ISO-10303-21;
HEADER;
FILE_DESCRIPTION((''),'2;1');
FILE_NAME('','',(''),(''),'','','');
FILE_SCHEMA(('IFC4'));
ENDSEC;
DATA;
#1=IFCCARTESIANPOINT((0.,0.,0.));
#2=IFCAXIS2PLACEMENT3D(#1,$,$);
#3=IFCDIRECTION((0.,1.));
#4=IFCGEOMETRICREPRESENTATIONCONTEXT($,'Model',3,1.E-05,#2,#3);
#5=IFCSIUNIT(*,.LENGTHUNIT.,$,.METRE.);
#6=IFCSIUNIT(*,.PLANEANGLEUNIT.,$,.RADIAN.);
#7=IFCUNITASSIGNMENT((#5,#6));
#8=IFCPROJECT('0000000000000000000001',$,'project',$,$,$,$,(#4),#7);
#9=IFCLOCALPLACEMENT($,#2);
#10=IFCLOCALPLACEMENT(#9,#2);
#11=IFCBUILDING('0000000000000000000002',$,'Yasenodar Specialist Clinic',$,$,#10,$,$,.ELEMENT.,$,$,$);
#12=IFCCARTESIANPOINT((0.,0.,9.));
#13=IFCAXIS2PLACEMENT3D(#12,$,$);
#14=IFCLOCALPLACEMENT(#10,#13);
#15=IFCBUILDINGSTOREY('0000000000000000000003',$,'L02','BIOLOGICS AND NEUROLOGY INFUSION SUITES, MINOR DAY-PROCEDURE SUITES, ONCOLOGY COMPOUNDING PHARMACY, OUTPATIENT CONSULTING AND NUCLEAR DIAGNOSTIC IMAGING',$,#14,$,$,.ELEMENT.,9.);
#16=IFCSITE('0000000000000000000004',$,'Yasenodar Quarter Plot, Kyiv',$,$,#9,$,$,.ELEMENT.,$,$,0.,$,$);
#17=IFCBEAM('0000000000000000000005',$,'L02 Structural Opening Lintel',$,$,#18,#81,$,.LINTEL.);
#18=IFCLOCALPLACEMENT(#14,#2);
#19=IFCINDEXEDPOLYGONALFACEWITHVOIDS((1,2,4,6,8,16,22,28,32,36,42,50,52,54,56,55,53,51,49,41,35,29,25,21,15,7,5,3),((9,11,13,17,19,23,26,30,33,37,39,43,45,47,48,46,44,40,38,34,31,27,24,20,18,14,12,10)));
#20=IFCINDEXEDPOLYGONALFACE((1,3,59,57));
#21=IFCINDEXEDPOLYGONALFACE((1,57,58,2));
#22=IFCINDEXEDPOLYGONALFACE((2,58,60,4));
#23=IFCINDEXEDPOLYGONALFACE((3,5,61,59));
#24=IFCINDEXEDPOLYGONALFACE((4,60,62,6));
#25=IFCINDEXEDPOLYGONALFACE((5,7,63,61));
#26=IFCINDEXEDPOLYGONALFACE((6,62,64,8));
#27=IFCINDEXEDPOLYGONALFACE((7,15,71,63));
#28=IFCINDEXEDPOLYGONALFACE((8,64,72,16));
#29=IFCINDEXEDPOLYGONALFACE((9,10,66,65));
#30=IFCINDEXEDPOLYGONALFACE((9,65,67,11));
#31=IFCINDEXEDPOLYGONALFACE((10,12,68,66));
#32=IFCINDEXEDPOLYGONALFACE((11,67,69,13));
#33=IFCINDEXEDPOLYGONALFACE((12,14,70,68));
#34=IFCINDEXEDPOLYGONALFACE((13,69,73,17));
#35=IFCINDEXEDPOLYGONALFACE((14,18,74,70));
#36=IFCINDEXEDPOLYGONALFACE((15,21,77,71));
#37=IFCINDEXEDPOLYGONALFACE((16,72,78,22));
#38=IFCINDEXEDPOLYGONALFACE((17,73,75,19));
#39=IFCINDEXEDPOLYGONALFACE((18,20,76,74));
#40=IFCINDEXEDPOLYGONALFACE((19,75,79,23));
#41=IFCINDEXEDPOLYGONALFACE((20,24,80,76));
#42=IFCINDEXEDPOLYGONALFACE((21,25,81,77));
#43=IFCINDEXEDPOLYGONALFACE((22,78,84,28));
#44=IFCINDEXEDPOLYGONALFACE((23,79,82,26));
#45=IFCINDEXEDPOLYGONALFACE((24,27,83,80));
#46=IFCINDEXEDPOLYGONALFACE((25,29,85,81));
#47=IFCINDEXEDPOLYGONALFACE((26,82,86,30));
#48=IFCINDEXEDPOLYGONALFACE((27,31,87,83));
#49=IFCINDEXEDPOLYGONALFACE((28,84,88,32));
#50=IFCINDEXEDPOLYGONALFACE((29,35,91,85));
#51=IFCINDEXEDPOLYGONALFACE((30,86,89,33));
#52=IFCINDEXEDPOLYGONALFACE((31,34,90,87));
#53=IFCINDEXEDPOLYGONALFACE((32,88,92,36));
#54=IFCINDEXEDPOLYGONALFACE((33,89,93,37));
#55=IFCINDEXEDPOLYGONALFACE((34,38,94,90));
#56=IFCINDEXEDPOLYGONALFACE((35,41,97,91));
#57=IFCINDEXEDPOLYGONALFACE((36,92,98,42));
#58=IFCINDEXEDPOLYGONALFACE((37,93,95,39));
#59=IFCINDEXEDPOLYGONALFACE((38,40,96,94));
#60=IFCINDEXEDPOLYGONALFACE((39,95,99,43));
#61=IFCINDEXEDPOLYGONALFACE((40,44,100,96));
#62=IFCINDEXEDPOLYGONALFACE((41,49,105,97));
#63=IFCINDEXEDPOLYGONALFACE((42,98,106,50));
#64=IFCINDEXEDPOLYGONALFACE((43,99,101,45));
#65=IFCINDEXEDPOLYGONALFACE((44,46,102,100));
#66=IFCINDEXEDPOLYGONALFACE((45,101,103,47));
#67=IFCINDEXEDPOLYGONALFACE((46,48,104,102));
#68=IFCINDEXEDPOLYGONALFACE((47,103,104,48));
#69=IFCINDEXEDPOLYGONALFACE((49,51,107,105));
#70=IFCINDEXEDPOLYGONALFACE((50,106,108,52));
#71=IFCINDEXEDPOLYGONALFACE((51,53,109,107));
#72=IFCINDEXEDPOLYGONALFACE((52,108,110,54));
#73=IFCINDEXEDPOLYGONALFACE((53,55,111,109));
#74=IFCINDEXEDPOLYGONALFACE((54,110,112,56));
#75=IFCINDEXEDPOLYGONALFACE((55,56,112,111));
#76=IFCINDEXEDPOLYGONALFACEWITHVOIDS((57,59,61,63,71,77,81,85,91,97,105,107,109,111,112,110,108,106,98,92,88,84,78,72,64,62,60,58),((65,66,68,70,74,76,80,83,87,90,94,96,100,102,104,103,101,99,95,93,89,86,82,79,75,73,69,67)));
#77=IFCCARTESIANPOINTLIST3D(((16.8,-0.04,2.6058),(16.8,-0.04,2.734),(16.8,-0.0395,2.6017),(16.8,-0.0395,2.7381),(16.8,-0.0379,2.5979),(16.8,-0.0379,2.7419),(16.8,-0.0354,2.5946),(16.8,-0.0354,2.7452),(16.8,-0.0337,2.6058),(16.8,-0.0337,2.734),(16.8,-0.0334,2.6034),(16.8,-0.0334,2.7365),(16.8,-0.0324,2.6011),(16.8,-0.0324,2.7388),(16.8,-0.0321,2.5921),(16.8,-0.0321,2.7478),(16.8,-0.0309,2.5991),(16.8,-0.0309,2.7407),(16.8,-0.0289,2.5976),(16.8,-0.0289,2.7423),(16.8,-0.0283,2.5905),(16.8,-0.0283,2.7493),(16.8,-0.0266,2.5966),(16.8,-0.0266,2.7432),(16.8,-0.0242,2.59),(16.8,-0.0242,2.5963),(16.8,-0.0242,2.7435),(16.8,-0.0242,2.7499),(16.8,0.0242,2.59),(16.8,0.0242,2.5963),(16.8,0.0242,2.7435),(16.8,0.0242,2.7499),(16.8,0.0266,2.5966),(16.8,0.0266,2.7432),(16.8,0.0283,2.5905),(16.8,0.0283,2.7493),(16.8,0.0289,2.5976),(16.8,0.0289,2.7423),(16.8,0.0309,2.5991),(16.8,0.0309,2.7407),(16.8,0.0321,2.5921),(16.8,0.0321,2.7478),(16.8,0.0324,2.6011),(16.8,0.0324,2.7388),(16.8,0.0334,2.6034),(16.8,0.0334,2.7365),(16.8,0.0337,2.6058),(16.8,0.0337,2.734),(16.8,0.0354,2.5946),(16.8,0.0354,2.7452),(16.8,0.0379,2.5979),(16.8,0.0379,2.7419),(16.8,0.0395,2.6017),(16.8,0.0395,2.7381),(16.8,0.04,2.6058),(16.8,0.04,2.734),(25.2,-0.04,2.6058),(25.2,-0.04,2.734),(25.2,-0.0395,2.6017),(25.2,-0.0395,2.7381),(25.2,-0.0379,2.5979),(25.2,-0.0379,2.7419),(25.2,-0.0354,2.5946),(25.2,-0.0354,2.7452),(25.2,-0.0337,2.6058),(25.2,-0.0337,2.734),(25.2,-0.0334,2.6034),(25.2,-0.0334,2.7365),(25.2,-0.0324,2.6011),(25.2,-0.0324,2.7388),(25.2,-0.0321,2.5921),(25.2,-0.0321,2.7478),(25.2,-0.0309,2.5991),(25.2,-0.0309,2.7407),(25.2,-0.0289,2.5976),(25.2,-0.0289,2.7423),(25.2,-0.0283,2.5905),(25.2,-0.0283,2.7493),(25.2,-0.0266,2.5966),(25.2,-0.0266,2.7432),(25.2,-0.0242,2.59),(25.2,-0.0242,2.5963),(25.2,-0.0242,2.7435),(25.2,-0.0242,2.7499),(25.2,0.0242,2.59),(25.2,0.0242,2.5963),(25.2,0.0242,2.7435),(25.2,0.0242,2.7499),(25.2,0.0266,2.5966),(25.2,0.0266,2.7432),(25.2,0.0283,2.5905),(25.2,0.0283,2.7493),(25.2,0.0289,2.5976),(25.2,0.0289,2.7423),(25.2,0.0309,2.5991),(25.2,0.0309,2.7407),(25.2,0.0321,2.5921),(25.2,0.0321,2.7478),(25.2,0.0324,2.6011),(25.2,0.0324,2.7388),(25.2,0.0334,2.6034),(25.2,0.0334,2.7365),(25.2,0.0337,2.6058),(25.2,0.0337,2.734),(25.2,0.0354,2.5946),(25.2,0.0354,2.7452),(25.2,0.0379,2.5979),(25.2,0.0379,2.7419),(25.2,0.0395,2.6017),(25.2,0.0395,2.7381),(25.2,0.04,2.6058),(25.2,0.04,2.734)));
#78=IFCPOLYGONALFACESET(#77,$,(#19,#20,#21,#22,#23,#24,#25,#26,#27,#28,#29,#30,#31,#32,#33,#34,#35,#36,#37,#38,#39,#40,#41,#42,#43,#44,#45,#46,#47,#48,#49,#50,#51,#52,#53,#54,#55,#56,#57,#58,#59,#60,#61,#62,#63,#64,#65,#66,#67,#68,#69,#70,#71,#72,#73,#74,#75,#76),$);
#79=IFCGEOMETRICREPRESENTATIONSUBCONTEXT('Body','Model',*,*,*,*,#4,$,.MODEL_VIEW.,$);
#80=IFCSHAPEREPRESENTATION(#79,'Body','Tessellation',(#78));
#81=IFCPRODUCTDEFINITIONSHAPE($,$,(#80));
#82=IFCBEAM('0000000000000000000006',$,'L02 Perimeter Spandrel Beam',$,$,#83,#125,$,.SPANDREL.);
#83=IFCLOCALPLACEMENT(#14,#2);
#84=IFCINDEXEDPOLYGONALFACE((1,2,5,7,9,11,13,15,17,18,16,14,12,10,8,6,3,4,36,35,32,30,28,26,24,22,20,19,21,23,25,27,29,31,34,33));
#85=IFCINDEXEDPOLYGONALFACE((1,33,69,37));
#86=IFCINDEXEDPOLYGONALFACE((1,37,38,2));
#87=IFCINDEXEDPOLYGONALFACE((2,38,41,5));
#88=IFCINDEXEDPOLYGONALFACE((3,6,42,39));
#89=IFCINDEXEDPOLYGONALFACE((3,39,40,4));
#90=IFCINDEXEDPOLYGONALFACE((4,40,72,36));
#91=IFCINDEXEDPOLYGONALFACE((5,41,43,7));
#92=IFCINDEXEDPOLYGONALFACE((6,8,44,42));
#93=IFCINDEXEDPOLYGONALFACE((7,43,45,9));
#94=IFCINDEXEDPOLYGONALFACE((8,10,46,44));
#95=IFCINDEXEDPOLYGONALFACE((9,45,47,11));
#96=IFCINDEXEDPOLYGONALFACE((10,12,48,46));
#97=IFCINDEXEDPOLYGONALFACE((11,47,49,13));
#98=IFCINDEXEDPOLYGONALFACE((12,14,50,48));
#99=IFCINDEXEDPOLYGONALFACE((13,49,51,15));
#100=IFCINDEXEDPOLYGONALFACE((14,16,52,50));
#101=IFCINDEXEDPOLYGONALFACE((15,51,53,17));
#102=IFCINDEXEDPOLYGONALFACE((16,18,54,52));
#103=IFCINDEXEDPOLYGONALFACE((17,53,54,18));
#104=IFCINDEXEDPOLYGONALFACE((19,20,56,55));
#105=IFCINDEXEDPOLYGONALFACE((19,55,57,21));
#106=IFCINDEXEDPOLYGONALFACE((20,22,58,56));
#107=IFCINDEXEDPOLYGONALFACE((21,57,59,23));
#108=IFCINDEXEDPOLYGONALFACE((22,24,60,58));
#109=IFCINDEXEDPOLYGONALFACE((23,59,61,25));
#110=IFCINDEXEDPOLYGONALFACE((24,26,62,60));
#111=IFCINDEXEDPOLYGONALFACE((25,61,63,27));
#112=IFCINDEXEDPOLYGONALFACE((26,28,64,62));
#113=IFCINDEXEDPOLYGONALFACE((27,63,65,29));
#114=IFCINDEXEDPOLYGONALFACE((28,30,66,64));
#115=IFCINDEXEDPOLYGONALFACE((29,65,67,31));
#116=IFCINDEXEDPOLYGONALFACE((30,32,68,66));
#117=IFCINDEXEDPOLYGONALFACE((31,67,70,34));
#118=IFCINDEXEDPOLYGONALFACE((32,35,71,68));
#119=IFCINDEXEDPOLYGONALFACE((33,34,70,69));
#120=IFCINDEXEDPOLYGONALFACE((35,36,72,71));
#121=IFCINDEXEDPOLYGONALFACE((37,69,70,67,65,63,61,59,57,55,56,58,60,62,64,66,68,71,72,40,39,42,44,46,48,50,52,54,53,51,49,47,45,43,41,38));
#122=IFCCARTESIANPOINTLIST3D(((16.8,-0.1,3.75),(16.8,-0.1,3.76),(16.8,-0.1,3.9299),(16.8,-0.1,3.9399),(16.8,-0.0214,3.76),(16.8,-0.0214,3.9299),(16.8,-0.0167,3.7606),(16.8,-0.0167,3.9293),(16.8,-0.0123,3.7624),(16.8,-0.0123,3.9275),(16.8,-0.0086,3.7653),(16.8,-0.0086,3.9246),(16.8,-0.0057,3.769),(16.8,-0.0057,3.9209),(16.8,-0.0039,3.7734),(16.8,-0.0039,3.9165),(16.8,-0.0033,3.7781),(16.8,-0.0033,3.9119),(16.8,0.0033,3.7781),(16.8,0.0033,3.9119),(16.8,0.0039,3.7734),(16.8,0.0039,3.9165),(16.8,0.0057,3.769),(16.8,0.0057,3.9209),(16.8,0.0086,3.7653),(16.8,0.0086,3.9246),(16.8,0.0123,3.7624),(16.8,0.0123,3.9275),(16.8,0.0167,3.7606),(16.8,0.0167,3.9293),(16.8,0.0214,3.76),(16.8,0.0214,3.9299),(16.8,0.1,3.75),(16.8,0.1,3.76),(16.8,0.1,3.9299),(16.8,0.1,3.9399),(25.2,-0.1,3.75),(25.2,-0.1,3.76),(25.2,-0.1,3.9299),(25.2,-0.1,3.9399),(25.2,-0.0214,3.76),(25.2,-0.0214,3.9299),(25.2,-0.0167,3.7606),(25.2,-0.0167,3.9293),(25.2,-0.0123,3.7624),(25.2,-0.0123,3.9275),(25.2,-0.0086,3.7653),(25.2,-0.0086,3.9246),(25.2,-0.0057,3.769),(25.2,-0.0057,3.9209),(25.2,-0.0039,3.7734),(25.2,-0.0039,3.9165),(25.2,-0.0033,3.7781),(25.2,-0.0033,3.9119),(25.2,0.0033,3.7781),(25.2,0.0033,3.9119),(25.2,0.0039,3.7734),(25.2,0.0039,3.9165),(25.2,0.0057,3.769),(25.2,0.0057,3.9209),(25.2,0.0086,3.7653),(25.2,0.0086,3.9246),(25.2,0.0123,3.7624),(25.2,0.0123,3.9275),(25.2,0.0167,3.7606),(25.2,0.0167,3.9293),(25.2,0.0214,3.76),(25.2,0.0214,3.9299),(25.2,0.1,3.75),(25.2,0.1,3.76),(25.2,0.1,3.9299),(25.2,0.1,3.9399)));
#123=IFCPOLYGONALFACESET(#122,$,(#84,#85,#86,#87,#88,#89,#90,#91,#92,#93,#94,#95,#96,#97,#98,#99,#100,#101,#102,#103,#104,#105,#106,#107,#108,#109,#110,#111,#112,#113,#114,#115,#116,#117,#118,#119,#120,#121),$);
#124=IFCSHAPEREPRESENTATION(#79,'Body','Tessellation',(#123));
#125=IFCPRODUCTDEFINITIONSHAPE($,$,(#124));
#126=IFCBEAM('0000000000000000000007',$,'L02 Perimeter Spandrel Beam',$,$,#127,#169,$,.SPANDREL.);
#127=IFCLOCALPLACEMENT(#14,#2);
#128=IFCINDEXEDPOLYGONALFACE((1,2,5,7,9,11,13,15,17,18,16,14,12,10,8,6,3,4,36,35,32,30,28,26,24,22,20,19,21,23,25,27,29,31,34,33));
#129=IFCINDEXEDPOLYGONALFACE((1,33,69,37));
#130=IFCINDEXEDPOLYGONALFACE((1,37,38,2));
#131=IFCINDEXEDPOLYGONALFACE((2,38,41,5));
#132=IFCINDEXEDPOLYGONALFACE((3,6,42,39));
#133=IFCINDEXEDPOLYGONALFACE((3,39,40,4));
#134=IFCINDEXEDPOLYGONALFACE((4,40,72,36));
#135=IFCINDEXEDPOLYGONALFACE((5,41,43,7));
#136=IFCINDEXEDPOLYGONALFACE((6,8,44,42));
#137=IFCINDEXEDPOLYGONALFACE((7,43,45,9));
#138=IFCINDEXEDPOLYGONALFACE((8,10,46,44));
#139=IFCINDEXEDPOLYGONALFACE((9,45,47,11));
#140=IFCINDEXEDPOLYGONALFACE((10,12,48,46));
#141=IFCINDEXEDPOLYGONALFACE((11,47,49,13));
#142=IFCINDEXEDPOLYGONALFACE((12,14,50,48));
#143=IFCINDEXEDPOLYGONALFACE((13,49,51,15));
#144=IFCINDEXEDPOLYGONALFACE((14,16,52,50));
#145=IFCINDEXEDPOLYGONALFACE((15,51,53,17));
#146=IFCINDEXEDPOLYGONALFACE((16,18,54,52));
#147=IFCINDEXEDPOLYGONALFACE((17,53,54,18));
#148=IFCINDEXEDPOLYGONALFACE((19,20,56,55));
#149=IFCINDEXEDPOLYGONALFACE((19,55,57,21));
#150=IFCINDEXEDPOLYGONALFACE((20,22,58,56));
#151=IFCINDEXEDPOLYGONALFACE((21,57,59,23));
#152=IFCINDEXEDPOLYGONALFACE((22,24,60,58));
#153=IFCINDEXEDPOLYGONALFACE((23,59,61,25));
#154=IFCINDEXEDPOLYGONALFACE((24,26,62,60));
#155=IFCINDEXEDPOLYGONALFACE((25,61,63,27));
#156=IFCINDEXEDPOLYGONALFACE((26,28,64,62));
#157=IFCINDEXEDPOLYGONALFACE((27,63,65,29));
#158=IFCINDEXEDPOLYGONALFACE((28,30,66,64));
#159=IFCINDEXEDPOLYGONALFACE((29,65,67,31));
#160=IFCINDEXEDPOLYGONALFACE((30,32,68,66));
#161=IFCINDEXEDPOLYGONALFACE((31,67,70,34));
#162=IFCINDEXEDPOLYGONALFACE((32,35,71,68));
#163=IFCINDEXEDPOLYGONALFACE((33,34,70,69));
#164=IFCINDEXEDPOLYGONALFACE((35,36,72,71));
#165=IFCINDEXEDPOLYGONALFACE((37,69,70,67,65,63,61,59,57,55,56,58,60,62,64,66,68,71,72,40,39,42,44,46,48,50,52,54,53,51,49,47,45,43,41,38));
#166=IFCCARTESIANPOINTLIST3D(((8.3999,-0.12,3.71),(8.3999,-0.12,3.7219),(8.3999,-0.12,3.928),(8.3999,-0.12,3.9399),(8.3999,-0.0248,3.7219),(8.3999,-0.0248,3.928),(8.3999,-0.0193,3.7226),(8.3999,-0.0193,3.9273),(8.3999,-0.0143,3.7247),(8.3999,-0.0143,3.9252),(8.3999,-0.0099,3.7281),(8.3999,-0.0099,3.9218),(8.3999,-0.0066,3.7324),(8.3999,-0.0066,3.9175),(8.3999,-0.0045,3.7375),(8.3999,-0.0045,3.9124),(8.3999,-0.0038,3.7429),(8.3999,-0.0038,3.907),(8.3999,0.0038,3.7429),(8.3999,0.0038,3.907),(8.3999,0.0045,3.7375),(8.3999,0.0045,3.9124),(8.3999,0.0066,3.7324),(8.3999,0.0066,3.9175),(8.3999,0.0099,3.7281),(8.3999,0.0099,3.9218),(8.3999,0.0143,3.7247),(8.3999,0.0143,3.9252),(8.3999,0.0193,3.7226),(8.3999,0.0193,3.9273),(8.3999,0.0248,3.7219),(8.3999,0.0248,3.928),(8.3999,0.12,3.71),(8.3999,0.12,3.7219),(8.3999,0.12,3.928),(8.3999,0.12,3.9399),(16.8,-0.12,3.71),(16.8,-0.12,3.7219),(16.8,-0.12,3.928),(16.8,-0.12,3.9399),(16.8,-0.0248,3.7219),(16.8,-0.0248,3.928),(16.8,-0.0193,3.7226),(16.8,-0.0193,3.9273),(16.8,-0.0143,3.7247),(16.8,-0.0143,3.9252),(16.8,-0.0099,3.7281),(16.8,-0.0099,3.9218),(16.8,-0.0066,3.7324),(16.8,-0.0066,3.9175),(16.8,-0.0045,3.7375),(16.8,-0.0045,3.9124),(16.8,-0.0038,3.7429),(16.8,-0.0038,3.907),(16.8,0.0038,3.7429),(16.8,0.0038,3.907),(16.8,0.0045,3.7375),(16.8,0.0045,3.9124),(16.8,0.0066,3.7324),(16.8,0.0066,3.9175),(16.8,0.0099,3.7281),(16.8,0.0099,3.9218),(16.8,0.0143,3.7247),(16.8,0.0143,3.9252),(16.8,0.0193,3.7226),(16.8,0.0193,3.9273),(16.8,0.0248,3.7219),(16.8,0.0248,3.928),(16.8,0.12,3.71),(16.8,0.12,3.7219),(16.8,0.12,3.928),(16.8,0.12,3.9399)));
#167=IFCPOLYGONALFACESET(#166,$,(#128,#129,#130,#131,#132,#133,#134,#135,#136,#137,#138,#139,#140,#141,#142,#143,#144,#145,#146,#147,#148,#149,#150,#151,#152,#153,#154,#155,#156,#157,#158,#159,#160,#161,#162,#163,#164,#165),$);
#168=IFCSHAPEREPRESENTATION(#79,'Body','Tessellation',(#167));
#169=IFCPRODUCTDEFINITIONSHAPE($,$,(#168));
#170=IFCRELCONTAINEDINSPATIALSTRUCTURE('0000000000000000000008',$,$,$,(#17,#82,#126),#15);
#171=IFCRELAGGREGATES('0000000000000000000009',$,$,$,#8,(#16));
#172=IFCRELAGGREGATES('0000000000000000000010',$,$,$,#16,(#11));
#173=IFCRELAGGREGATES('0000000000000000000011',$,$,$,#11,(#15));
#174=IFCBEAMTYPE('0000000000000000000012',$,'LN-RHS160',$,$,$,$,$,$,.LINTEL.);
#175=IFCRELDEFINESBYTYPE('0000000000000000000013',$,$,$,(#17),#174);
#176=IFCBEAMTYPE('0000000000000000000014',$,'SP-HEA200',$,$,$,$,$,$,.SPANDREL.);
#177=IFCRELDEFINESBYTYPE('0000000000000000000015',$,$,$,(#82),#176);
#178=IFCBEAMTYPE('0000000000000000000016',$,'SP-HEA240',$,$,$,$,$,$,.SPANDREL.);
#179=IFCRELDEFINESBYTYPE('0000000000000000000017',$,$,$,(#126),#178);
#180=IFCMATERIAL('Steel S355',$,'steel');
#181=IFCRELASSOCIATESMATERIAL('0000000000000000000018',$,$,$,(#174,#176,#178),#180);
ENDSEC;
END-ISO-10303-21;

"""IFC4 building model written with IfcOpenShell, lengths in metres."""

from ifc_helpers import new_model, si_unit, direction, frame, origin, origin_2d, place, context, subcontext, project, spatial, hollow_rectangle, i_section, extrude, material, material_profile, profile_set, type_object, element, save


model = new_model("IFC4")

# Units and contexts
model_context = context("Model", 3, precision=1e-05, world=origin(), true_north=direction((0.0, 1.0)))
body_context = subcontext(model_context, "Body", "Model", "MODEL_VIEW")
ifc_project = project(units=[si_unit("LENGTHUNIT", "METRE"), si_unit("PLANEANGLEUNIT", "RADIAN")], contexts=[model_context])

# Site, building, storey
site_placement = place(None, origin())
site = spatial("IfcSite", under=ifc_project, at=site_placement, Name="Yasenodar Quarter Plot, Kyiv", CompositionType="ELEMENT", RefElevation=0.0)
building_placement = place(site_placement, origin())
building = spatial("IfcBuilding", under=site, at=building_placement, Name="Yasenodar Specialist Clinic", CompositionType="ELEMENT")
storey_placement = place(building_placement, frame((0.0, 0.0, 9.0)))
storey = spatial("IfcBuildingStorey", under=building, at=storey_placement, Name="L02", Description="BIOLOGICS AND NEUROLOGY INFUSION SUITES, MINOR DAY-PROCEDURE SUITES, ONCOLOGY COMPOUNDING PHARMACY, OUTPATIENT CONSULTING AND NUCLEAR DIAGNOSTIC IMAGING", CompositionType="ELEMENT", Elevation=9.0)

# Beams
ifc_material_1 = material(Name="Steel S355", Category="steel")
ifc_material_profile_1 = material_profile(ifc_material_1, hollow_rectangle(XDim=0.0801, YDim=0.1599, WallThickness=0.0063, InnerFilletRadius=0.0095, OuterFilletRadius=0.0159, at=origin_2d()), Name="RHS 160x80x6.3")
ifc_profile_set_1 = profile_set([ifc_material_profile_1], Name="Steel S355")
beam_type_1 = type_object("IfcBeamType", Name="LN-RHS160", PredefinedType="LINTEL", material=ifc_profile_set_1)
beam_1_placement = place(storey_placement, frame((16.8, 0.0, 2.6699), z_axis=(1.0, 0.0, 0.0), x_axis=(0.0, 1.0, 0.0)))
element("IfcBeam", 1, at=beam_1_placement, inside=storey, type_object=beam_type_1, Name="L02 Structural Opening Lintel", PredefinedType="LINTEL", context=body_context, shape_type="SweptSolid", body=[
    extrude(hollow_rectangle(XDim=0.0801, YDim=0.1599, WallThickness=0.0063, InnerFilletRadius=0.0095, OuterFilletRadius=0.0159, at=origin_2d()), origin(), (0.0, 0.0, 1.0), 8.3999),
])
ifc_material_profile_2 = material_profile(ifc_material_1, i_section(OverallWidth=0.2, OverallDepth=0.1899, WebThickness=0.0066, FlangeThickness=0.01, FilletRadius=0.0181, at=origin_2d()), Name="HEA 200")
ifc_profile_set_2 = profile_set([ifc_material_profile_2], Name="Steel S355")
beam_type_2 = type_object("IfcBeamType", Name="SP-HEA200", PredefinedType="SPANDREL", material=ifc_profile_set_2)
beam_2_placement = place(storey_placement, frame((16.8, 0.0, 3.845), z_axis=(1.0, 0.0, 0.0), x_axis=(0.0, 1.0, 0.0)))
element("IfcBeam", 2, at=beam_2_placement, inside=storey, type_object=beam_type_2, Name="L02 Perimeter Spandrel Beam", PredefinedType="SPANDREL", context=body_context, shape_type="SweptSolid", body=[
    extrude(i_section(OverallWidth=0.2, OverallDepth=0.1899, WebThickness=0.0066, FlangeThickness=0.01, FilletRadius=0.0181, at=origin_2d()), origin(), (0.0, 0.0, 1.0), 8.3999),
])
ifc_material_profile_3 = material_profile(ifc_material_1, i_section(OverallWidth=0.24, OverallDepth=0.23, WebThickness=0.0076, FlangeThickness=0.012, FilletRadius=0.021, at=origin_2d()), Name="HEA 240")
ifc_profile_set_3 = profile_set([ifc_material_profile_3], Name="Steel S355")
beam_type_3 = type_object("IfcBeamType", Name="SP-HEA240", PredefinedType="SPANDREL", material=ifc_profile_set_3)
beam_3_placement = place(storey_placement, frame((8.3999, 0.0, 3.825), z_axis=(1.0, 0.0, 0.0), x_axis=(0.0, 1.0, 0.0)))
element("IfcBeam", 3, at=beam_3_placement, inside=storey, type_object=beam_type_3, Name="L02 Perimeter Spandrel Beam", PredefinedType="SPANDREL", context=body_context, shape_type="SweptSolid", body=[
    extrude(i_section(OverallWidth=0.24, OverallDepth=0.23, WebThickness=0.0076, FlangeThickness=0.012, FilletRadius=0.021, at=origin_2d()), origin(), (0.0, 0.0, 1.0), 8.4001),
])

save(model, "model.ifc")
